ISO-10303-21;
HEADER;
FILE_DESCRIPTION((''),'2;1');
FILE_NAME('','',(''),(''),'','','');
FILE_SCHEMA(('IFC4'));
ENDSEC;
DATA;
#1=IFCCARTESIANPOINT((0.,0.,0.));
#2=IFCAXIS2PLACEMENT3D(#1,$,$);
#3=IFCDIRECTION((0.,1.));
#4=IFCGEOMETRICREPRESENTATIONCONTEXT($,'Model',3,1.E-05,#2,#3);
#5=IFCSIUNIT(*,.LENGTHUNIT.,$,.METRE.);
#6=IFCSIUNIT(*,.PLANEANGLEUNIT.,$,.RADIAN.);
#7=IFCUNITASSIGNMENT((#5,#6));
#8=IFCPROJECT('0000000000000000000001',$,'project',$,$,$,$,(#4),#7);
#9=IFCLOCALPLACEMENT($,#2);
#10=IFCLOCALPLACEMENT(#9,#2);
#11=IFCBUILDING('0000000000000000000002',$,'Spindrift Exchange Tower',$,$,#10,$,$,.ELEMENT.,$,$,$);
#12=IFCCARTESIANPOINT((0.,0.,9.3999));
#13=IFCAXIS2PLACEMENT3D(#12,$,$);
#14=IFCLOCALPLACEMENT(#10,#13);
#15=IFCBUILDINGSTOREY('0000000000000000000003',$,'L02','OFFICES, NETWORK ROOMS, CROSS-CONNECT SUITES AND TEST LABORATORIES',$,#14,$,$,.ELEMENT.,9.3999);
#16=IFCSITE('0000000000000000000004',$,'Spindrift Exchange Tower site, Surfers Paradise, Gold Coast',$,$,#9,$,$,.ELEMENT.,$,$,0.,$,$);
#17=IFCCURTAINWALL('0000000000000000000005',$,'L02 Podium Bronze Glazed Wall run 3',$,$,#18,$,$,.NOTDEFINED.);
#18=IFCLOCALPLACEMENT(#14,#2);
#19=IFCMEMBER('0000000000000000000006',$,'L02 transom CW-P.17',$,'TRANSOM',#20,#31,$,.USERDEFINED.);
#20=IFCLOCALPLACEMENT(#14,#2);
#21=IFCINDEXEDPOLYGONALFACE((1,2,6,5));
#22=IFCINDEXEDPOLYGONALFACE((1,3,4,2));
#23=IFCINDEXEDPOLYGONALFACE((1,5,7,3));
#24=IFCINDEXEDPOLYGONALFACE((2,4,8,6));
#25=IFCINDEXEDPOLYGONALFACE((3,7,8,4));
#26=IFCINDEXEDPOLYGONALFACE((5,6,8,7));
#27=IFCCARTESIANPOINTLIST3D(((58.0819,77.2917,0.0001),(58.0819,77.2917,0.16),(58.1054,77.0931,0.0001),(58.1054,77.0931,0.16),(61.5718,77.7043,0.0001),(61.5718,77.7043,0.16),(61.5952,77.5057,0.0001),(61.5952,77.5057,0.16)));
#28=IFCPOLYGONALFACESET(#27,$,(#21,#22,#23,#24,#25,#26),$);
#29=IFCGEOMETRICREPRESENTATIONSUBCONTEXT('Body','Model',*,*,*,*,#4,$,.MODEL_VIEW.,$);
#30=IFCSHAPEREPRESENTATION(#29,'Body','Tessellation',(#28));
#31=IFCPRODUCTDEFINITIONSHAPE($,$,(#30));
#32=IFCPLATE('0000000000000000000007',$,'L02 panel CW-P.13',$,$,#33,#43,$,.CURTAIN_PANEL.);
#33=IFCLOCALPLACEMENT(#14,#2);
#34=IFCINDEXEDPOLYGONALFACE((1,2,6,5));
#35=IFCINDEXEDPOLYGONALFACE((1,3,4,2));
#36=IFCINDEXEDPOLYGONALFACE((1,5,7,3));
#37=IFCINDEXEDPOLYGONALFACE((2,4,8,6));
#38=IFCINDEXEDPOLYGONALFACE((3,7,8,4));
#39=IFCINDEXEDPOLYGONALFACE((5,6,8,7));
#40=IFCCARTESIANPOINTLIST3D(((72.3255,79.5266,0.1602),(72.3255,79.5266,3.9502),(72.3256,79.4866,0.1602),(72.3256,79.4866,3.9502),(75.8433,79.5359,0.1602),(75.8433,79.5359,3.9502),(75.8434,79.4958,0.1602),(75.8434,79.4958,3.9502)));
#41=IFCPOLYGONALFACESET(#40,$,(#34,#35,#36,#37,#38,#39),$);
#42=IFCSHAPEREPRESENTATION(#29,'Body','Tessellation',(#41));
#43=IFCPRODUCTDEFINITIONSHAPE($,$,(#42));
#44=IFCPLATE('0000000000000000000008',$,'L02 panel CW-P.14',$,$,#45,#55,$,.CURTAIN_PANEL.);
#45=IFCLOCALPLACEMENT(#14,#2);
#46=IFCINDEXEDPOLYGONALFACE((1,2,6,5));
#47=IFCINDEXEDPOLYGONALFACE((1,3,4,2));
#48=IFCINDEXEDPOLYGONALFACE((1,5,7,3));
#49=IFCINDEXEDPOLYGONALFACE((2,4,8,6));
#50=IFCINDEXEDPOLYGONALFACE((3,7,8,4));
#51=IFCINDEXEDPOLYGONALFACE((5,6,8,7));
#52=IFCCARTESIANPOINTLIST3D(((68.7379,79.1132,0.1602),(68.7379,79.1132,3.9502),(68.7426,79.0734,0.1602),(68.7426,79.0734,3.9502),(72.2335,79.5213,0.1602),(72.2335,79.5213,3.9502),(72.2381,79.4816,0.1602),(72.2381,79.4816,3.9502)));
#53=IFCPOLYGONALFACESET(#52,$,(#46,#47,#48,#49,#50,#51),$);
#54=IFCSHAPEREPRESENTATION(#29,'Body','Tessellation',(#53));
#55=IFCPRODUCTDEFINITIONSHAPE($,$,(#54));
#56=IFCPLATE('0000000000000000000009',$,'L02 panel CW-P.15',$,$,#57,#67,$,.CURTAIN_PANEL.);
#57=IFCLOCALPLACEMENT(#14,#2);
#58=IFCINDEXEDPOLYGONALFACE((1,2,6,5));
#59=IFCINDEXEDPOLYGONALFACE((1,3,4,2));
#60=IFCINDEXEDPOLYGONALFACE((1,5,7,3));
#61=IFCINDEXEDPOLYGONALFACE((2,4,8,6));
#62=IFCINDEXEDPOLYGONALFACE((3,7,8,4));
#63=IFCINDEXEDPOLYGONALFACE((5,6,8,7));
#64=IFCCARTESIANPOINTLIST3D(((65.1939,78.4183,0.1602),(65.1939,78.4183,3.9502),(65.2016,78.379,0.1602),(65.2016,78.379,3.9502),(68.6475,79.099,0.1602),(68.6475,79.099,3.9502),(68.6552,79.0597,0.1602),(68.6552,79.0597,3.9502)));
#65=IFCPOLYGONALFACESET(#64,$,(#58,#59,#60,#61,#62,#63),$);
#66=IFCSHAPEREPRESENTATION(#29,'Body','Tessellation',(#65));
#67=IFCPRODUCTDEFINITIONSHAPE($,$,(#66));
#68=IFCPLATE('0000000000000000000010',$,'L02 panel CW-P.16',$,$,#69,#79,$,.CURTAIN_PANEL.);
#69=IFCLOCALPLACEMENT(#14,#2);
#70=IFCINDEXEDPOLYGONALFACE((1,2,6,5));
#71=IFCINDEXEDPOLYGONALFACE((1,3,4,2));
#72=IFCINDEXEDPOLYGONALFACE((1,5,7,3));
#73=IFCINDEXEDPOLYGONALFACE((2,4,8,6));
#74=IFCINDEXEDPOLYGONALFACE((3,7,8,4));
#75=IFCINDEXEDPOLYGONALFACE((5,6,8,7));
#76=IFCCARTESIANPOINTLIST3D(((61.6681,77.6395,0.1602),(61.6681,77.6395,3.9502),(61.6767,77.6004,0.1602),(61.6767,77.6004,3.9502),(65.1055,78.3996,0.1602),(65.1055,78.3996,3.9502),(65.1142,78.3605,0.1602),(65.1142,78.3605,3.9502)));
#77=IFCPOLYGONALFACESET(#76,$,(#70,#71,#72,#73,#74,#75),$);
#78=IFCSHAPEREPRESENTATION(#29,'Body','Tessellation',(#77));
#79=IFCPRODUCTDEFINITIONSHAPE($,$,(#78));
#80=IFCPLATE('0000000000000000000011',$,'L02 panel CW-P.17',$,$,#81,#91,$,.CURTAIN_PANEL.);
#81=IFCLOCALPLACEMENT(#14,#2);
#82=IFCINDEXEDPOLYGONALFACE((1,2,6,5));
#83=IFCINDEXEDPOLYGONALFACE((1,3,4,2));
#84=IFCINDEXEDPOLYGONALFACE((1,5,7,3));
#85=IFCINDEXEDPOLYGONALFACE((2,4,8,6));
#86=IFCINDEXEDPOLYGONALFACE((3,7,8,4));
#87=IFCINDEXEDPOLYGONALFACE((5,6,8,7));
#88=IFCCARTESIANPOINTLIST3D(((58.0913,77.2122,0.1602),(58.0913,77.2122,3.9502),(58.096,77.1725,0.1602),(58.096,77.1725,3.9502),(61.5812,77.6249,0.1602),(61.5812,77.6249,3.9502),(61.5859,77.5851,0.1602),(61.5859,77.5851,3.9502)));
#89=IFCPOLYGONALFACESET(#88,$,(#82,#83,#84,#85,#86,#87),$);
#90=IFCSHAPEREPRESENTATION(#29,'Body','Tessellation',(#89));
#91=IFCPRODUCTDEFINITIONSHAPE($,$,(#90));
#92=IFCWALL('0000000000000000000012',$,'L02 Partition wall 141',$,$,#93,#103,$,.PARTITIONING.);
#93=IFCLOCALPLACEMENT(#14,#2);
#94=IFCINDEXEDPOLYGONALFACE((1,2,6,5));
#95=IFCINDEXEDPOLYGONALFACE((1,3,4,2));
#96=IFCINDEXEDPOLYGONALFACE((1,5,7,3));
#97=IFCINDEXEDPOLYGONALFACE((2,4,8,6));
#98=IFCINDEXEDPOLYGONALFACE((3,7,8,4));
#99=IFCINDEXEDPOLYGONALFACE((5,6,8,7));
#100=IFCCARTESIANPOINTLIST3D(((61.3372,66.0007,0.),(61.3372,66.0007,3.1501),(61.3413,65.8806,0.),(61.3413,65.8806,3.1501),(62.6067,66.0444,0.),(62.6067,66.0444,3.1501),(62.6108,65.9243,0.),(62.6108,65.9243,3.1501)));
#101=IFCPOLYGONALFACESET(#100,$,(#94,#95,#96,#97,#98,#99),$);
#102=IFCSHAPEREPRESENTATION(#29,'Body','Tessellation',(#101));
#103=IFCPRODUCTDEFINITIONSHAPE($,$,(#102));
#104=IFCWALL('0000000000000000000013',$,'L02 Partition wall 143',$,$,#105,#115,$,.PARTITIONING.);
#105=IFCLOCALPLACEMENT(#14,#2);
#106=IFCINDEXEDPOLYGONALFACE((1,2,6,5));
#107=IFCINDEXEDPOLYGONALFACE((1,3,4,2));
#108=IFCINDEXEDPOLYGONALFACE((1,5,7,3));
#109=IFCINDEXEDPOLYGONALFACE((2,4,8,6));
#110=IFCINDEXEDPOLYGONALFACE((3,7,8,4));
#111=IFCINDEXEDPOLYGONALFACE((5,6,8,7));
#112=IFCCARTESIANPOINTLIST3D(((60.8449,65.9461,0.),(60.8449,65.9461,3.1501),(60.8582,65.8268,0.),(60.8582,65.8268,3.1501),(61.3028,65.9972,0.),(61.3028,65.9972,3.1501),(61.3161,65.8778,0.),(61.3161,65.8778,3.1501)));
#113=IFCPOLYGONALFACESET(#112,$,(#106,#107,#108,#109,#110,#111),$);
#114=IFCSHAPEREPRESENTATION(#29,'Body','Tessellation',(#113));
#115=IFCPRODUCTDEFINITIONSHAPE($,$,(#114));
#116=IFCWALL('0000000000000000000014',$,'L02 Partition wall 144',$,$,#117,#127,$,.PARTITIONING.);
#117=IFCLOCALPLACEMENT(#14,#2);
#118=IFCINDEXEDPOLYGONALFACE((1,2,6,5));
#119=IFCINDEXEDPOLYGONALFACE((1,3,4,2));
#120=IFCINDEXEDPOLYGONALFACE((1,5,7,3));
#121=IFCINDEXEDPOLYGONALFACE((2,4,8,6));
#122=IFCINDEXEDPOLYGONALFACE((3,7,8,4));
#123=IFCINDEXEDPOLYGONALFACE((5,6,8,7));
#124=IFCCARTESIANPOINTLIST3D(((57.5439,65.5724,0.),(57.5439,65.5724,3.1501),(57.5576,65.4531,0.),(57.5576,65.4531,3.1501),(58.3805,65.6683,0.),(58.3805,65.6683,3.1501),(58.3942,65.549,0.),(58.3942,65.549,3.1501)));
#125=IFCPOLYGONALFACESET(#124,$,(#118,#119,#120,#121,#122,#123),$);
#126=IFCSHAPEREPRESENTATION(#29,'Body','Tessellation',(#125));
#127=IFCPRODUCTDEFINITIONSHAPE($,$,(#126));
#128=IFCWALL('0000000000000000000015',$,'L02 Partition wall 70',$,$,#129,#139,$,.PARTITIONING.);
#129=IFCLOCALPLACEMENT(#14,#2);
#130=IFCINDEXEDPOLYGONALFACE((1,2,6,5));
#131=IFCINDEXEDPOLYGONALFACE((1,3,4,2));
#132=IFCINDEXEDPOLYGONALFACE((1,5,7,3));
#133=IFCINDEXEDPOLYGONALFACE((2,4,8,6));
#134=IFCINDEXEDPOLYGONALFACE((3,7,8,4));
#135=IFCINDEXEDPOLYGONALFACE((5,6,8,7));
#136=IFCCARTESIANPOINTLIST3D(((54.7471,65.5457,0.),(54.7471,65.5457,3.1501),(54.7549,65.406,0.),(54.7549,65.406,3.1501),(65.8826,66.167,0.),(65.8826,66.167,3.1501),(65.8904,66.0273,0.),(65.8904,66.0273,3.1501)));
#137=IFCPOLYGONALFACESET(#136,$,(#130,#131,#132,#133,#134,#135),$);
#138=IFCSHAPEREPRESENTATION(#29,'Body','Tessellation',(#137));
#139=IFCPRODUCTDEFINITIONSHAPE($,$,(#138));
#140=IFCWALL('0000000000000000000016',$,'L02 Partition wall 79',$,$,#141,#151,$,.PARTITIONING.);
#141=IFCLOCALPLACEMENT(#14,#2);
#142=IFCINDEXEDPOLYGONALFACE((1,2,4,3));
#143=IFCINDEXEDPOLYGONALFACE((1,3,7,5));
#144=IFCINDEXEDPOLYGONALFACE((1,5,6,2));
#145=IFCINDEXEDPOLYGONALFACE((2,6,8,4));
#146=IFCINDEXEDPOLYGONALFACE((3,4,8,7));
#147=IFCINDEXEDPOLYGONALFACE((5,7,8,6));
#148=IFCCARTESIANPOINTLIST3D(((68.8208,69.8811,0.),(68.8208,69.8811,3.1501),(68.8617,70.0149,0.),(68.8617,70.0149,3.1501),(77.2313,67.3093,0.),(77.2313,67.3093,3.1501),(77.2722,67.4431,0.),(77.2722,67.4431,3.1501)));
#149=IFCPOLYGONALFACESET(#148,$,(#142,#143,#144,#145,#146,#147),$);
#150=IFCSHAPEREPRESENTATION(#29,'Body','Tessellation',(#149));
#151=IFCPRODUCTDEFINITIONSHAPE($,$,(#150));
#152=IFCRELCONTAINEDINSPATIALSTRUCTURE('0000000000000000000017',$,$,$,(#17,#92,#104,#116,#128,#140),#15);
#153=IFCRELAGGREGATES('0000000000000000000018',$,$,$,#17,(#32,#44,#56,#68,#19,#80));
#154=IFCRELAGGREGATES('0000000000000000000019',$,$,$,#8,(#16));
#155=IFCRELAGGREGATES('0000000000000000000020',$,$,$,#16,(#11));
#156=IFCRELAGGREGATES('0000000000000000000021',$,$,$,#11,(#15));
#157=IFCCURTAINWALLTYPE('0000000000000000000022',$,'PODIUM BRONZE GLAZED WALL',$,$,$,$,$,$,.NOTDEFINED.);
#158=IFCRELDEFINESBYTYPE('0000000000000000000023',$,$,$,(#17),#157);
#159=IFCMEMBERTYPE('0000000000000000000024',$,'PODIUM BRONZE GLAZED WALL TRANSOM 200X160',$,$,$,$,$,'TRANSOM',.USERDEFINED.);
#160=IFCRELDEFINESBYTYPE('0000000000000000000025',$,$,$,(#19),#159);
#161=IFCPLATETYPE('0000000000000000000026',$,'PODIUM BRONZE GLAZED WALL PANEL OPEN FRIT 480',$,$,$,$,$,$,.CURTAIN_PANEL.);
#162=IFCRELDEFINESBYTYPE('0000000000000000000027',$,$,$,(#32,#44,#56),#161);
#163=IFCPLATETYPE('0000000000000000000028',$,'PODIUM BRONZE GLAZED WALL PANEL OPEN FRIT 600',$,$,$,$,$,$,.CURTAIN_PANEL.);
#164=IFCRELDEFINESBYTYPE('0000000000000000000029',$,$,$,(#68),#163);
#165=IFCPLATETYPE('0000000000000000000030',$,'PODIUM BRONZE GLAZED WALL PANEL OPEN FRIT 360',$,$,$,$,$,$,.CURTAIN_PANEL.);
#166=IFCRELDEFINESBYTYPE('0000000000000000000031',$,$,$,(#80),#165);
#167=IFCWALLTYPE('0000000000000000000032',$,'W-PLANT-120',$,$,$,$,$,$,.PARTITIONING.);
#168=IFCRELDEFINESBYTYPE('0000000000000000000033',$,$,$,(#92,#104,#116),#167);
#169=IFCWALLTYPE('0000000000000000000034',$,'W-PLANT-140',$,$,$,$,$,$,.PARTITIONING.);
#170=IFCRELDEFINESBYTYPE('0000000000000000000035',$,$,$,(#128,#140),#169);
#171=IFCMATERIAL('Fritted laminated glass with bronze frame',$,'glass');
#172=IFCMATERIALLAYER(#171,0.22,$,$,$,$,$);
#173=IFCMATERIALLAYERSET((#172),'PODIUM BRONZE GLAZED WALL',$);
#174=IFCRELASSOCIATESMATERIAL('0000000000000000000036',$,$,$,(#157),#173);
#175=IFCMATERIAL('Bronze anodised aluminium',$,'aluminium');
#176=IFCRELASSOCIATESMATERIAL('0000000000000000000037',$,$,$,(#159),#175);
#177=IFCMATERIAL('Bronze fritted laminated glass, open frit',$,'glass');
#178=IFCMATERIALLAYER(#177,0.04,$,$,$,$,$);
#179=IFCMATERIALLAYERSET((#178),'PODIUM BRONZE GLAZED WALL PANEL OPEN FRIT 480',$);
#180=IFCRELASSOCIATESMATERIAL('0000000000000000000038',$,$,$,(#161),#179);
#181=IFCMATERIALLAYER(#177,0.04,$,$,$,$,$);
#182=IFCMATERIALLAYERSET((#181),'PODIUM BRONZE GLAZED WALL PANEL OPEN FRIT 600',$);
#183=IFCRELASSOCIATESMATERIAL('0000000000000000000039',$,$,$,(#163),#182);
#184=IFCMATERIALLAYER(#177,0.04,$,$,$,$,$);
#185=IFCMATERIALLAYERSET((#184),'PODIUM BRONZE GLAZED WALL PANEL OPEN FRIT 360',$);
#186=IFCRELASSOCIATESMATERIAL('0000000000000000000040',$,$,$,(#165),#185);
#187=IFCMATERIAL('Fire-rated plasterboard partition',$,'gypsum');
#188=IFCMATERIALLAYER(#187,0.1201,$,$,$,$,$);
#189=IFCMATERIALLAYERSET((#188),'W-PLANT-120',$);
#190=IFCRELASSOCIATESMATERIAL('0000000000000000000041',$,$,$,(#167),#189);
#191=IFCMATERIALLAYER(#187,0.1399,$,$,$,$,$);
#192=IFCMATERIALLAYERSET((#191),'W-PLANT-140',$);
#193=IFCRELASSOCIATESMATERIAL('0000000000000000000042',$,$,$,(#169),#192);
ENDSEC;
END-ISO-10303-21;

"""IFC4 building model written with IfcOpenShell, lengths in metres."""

from ifc_helpers import new_model, si_unit, direction, frame, frame_2d, origin, origin_2d, place, context, subcontext, project, spatial, rectangle, extrude, source, transform, mapped, material, layer, layer_set, material_profile, profile_set, type_object, element, aggregate, save


model = new_model("IFC4")

# Units and contexts
model_context = context("Model", 3, precision=1e-05, world=origin(), true_north=direction((0.0, 1.0)))
body_context = subcontext(model_context, "Body", "Model", "MODEL_VIEW")
ifc_project = project(units=[si_unit("LENGTHUNIT", "METRE"), si_unit("PLANEANGLEUNIT", "RADIAN")], contexts=[model_context])

# Site, building, storey
site_placement = place(None, origin())
site = spatial("IfcSite", under=ifc_project, at=site_placement, Name="Spindrift Exchange Tower site, Surfers Paradise, Gold Coast", CompositionType="ELEMENT", RefElevation=0.0)
building_placement = place(site_placement, origin())
building = spatial("IfcBuilding", under=site, at=building_placement, Name="Spindrift Exchange Tower", CompositionType="ELEMENT")
storey_placement = place(building_placement, frame((0.0, 0.0, 9.3999)))
storey = spatial("IfcBuildingStorey", under=building, at=storey_placement, Name="L02", Description="OFFICES, NETWORK ROOMS, CROSS-CONNECT SUITES AND TEST LABORATORIES", CompositionType="ELEMENT", Elevation=9.3999)

# Curtain wall, member, plates
ifc_material_1 = material(Name="Fritted laminated glass with bronze frame", Category="glass")
ifc_layer_1 = layer(ifc_material_1, 0.22)
ifc_layer_set_1 = layer_set([ifc_layer_1], Name="PODIUM BRONZE GLAZED WALL")
curtain_wall_type = type_object("IfcCurtainWallType", Name="PODIUM BRONZE GLAZED WALL", PredefinedType="NOTDEFINED", material=ifc_layer_set_1)
curtain_wall_placement = place(storey_placement, origin())
curtain_wall = element("IfcCurtainWall", 1, at=curtain_wall_placement, inside=storey, type_object=curtain_wall_type, Name="L02 Podium Bronze Glazed Wall run 3", PredefinedType="NOTDEFINED")
ifc_material_2 = material(Name="Bronze anodised aluminium", Category="aluminium")
ifc_material_profile_1 = material_profile(ifc_material_2, rectangle(XDim=0.2, YDim=0.1599, at=origin_2d()), Name="PODIUM BRONZE GLAZED WALL TRANSOM 200X160")
ifc_profile_set_1 = profile_set([ifc_material_profile_1], Name="Bronze anodised aluminium")
member_type_1 = type_object("IfcMemberType", Name="PODIUM BRONZE GLAZED WALL TRANSOM 200X160", ElementType="TRANSOM", PredefinedType="USERDEFINED", material=ifc_profile_set_1)
shared_shape_1 = source(origin(), body_context, "Body", "SweptSolid", [
    extrude(rectangle(XDim=0.2, YDim=0.1599, at=origin_2d()), origin(), (0.0, 0.0, 1.0), 3.5142),
])
member_1_placement = place(storey_placement, frame((61.5835, 77.605, 0.0801), z_axis=(-0.993083, -0.117414, 0.0), x_axis=(0.117414, -0.993083, 0.0)))
member_1 = element("IfcMember", 2, at=member_1_placement, type_object=member_type_1, Name="L02 transom CW-P.17", ObjectType="TRANSOM", PredefinedType="USERDEFINED", context=body_context, shape_type="MappedRepresentation", body=[
    mapped(shared_shape_1, transform((0.0, 0.0, 0.0), scale=1.0)),
])
ifc_material_3 = material(Name="Bronze fritted laminated glass, open frit", Category="glass")
ifc_layer_2 = layer(ifc_material_3, 0.04)
ifc_layer_set_2 = layer_set([ifc_layer_2], Name="PODIUM BRONZE GLAZED WALL PANEL OPEN FRIT 480")
plate_type_1 = type_object("IfcPlateType", Name="PODIUM BRONZE GLAZED WALL PANEL OPEN FRIT 480", PredefinedType="CURTAIN_PANEL", material=ifc_layer_set_2)
shared_shape_2 = source(origin(), body_context, "Body", "SweptSolid", [
    extrude(rectangle(XDim=3.5178, YDim=0.04, at=origin_2d()), origin(), (0.0, 0.0, 1.0), 3.79),
])
plate_1_placement = place(storey_placement, frame((74.0845, 79.5112, 0.1602), z_axis=(0.0, 0.0, 1.0), x_axis=(-0.999997, -0.002634, 0.0)))
plate_1 = element("IfcPlate", 3, at=plate_1_placement, type_object=plate_type_1, Name="L02 panel CW-P.13", PredefinedType="CURTAIN_PANEL", context=body_context, shape_type="MappedRepresentation", body=[
    mapped(shared_shape_2, transform((0.0, 0.0, 0.0), scale=1.0)),
])
shared_shape_3 = source(origin(), body_context, "Body", "SweptSolid", [
    extrude(rectangle(XDim=3.5193, YDim=0.04, at=origin_2d()), origin(), (0.0, 0.0, 1.0), 3.79),
])
plate_2_placement = place(storey_placement, frame((70.488, 79.2974, 0.1602), z_axis=(0.0, 0.0, 1.0), x_axis=(-0.993251, -0.115983, 0.0)))
plate_2 = element("IfcPlate", 4, at=plate_2_placement, type_object=plate_type_1, Name="L02 panel CW-P.14", PredefinedType="CURTAIN_PANEL", context=body_context, shape_type="MappedRepresentation", body=[
    mapped(shared_shape_3, transform((0.0, 0.0, 0.0), scale=1.0)),
])
shared_shape_4 = source(origin(), body_context, "Body", "SweptSolid", [
    extrude(rectangle(XDim=3.52, YDim=0.04, at=origin_2d()), origin(), (0.0, 0.0, 1.0), 3.79),
])
plate_3_placement = place(storey_placement, frame((66.9246, 78.739, 0.1602), z_axis=(0.0, 0.0, 1.0), x_axis=(-0.981125, -0.193377, 0.0)))
plate_3 = element("IfcPlate", 5, at=plate_3_placement, type_object=plate_type_1, Name="L02 panel CW-P.15", PredefinedType="CURTAIN_PANEL", context=body_context, shape_type="MappedRepresentation", body=[
    mapped(shared_shape_4, transform((0.0, 0.0, 0.0), scale=1.0)),
])
ifc_layer_3 = layer(ifc_material_3, 0.04)
ifc_layer_set_3 = layer_set([ifc_layer_3], Name="PODIUM BRONZE GLAZED WALL PANEL OPEN FRIT 600")
plate_type_2 = type_object("IfcPlateType", Name="PODIUM BRONZE GLAZED WALL PANEL OPEN FRIT 600", PredefinedType="CURTAIN_PANEL", material=ifc_layer_set_3)
shared_shape_5 = source(origin(), body_context, "Body", "SweptSolid", [
    extrude(rectangle(XDim=3.5205, YDim=0.04, at=origin_2d()), origin(), (0.0, 0.0, 1.0), 3.79),
])
plate_4_placement = place(storey_placement, frame((63.3911, 78.0, 0.1602), z_axis=(0.0, 0.0, 1.0), x_axis=(-0.976411, -0.215922, 0.0)))
plate_4 = element("IfcPlate", 6, at=plate_4_placement, type_object=plate_type_2, Name="L02 panel CW-P.16", PredefinedType="CURTAIN_PANEL", context=body_context, shape_type="MappedRepresentation", body=[
    mapped(shared_shape_5, transform((0.0, 0.0, 0.0), scale=1.0)),
])
ifc_layer_4 = layer(ifc_material_3, 0.04)
ifc_layer_set_4 = layer_set([ifc_layer_4], Name="PODIUM BRONZE GLAZED WALL PANEL OPEN FRIT 360")
plate_type_3 = type_object("IfcPlateType", Name="PODIUM BRONZE GLAZED WALL PANEL OPEN FRIT 360", PredefinedType="CURTAIN_PANEL", material=ifc_layer_set_4)
shared_shape_6 = source(origin(), body_context, "Body", "SweptSolid", [
    extrude(rectangle(XDim=3.5142, YDim=0.04, at=origin_2d()), origin(), (0.0, 0.0, 1.0), 3.79),
])
plate_5_placement = place(storey_placement, frame((59.8386, 77.3987, 0.1602), z_axis=(0.0, 0.0, 1.0), x_axis=(-0.993082, -0.117421, 0.0)))
plate_5 = element("IfcPlate", 7, at=plate_5_placement, type_object=plate_type_3, Name="L02 panel CW-P.17", PredefinedType="CURTAIN_PANEL", context=body_context, shape_type="MappedRepresentation", body=[
    mapped(shared_shape_6, transform((0.0, 0.0, 0.0), scale=1.0)),
])
aggregate(curtain_wall, [plate_1, plate_2, plate_3, plate_4, member_1, plate_5])

# Walls
ifc_material_4 = material(Name="Fire-rated plasterboard partition", Category="gypsum")
ifc_layer_5 = layer(ifc_material_4, 0.1201)
ifc_layer_set_5 = layer_set([ifc_layer_5], Name="W-PLANT-120")
wall_type_1 = type_object("IfcWallType", Name="W-PLANT-120", PredefinedType="PARTITIONING", material=ifc_layer_set_5)
wall_1_placement = place(storey_placement, frame((62.6089, 65.9844, 0.0), z_axis=(0.0, 0.0, 1.0), x_axis=(-0.999408, -0.034403, 0.0)))
element("IfcWall", 8, at=wall_1_placement, inside=storey, type_object=wall_type_1, Name="L02 Partition wall 141", PredefinedType="PARTITIONING", context=body_context, shape_type="SweptSolid", body=[
    extrude(rectangle(XDim=1.2703, YDim=0.1201, at=frame_2d((0.6353, 0.0))), origin(), (0.0, 0.0, 1.0), 3.1501),
])
wall_2_placement = place(storey_placement, frame((61.3096, 65.9375, 0.0), z_axis=(0.0, 0.0, 1.0), x_axis=(-0.993845, -0.110781, 0.0)))
element("IfcWall", 9, at=wall_2_placement, inside=storey, type_object=wall_type_1, Name="L02 Partition wall 143", PredefinedType="PARTITIONING", context=body_context, shape_type="SweptSolid", body=[
    extrude(rectangle(XDim=0.4607, YDim=0.1201, at=frame_2d((0.2305, 0.0))), origin(), (0.0, 0.0, 1.0), 3.1501),
])
wall_3_placement = place(storey_placement, frame((58.3872, 65.6086, 0.0), z_axis=(0.0, 0.0, 1.0), x_axis=(-0.993489, -0.113931, 0.0)))
element("IfcWall", 10, at=wall_3_placement, inside=storey, type_object=wall_type_1, Name="L02 Partition wall 144", PredefinedType="PARTITIONING", context=body_context, shape_type="SweptSolid", body=[
    extrude(rectangle(XDim=0.842, YDim=0.1201, at=frame_2d((0.4209, 0.0))), origin(), (0.0, 0.0, 1.0), 3.1501),
])
ifc_layer_6 = layer(ifc_material_4, 0.1399)
ifc_layer_set_6 = layer_set([ifc_layer_6], Name="W-PLANT-140")
wall_type_2 = type_object("IfcWallType", Name="W-PLANT-140", PredefinedType="PARTITIONING", material=ifc_layer_set_6)
wall_4_placement = place(storey_placement, frame((65.8865, 66.0972, 0.0), z_axis=(0.0, 0.0, 1.0), x_axis=(-0.998447, -0.055711, 0.0)))
element("IfcWall", 11, at=wall_4_placement, inside=storey, type_object=wall_type_2, Name="L02 Partition wall 70", PredefinedType="PARTITIONING", context=body_context, shape_type="SweptSolid", body=[
    extrude(rectangle(XDim=11.1528, YDim=0.1399, at=frame_2d((5.5764, 0.0))), origin(), (0.0, 0.0, 1.0), 3.1501),
])
wall_5_placement = place(storey_placement, frame((77.2517, 67.3762, 0.0), z_axis=(0.0, 0.0, 1.0), x_axis=(-0.95629, 0.29242, 0.0)))
element("IfcWall", 12, at=wall_5_placement, inside=storey, type_object=wall_type_2, Name="L02 Partition wall 79", PredefinedType="PARTITIONING", context=body_context, shape_type="SweptSolid", body=[
    extrude(rectangle(XDim=8.7949, YDim=0.1399, at=frame_2d((4.3975, 0.0))), origin(), (0.0, 0.0, 1.0), 3.1501),
])

save(model, "model.ifc")
